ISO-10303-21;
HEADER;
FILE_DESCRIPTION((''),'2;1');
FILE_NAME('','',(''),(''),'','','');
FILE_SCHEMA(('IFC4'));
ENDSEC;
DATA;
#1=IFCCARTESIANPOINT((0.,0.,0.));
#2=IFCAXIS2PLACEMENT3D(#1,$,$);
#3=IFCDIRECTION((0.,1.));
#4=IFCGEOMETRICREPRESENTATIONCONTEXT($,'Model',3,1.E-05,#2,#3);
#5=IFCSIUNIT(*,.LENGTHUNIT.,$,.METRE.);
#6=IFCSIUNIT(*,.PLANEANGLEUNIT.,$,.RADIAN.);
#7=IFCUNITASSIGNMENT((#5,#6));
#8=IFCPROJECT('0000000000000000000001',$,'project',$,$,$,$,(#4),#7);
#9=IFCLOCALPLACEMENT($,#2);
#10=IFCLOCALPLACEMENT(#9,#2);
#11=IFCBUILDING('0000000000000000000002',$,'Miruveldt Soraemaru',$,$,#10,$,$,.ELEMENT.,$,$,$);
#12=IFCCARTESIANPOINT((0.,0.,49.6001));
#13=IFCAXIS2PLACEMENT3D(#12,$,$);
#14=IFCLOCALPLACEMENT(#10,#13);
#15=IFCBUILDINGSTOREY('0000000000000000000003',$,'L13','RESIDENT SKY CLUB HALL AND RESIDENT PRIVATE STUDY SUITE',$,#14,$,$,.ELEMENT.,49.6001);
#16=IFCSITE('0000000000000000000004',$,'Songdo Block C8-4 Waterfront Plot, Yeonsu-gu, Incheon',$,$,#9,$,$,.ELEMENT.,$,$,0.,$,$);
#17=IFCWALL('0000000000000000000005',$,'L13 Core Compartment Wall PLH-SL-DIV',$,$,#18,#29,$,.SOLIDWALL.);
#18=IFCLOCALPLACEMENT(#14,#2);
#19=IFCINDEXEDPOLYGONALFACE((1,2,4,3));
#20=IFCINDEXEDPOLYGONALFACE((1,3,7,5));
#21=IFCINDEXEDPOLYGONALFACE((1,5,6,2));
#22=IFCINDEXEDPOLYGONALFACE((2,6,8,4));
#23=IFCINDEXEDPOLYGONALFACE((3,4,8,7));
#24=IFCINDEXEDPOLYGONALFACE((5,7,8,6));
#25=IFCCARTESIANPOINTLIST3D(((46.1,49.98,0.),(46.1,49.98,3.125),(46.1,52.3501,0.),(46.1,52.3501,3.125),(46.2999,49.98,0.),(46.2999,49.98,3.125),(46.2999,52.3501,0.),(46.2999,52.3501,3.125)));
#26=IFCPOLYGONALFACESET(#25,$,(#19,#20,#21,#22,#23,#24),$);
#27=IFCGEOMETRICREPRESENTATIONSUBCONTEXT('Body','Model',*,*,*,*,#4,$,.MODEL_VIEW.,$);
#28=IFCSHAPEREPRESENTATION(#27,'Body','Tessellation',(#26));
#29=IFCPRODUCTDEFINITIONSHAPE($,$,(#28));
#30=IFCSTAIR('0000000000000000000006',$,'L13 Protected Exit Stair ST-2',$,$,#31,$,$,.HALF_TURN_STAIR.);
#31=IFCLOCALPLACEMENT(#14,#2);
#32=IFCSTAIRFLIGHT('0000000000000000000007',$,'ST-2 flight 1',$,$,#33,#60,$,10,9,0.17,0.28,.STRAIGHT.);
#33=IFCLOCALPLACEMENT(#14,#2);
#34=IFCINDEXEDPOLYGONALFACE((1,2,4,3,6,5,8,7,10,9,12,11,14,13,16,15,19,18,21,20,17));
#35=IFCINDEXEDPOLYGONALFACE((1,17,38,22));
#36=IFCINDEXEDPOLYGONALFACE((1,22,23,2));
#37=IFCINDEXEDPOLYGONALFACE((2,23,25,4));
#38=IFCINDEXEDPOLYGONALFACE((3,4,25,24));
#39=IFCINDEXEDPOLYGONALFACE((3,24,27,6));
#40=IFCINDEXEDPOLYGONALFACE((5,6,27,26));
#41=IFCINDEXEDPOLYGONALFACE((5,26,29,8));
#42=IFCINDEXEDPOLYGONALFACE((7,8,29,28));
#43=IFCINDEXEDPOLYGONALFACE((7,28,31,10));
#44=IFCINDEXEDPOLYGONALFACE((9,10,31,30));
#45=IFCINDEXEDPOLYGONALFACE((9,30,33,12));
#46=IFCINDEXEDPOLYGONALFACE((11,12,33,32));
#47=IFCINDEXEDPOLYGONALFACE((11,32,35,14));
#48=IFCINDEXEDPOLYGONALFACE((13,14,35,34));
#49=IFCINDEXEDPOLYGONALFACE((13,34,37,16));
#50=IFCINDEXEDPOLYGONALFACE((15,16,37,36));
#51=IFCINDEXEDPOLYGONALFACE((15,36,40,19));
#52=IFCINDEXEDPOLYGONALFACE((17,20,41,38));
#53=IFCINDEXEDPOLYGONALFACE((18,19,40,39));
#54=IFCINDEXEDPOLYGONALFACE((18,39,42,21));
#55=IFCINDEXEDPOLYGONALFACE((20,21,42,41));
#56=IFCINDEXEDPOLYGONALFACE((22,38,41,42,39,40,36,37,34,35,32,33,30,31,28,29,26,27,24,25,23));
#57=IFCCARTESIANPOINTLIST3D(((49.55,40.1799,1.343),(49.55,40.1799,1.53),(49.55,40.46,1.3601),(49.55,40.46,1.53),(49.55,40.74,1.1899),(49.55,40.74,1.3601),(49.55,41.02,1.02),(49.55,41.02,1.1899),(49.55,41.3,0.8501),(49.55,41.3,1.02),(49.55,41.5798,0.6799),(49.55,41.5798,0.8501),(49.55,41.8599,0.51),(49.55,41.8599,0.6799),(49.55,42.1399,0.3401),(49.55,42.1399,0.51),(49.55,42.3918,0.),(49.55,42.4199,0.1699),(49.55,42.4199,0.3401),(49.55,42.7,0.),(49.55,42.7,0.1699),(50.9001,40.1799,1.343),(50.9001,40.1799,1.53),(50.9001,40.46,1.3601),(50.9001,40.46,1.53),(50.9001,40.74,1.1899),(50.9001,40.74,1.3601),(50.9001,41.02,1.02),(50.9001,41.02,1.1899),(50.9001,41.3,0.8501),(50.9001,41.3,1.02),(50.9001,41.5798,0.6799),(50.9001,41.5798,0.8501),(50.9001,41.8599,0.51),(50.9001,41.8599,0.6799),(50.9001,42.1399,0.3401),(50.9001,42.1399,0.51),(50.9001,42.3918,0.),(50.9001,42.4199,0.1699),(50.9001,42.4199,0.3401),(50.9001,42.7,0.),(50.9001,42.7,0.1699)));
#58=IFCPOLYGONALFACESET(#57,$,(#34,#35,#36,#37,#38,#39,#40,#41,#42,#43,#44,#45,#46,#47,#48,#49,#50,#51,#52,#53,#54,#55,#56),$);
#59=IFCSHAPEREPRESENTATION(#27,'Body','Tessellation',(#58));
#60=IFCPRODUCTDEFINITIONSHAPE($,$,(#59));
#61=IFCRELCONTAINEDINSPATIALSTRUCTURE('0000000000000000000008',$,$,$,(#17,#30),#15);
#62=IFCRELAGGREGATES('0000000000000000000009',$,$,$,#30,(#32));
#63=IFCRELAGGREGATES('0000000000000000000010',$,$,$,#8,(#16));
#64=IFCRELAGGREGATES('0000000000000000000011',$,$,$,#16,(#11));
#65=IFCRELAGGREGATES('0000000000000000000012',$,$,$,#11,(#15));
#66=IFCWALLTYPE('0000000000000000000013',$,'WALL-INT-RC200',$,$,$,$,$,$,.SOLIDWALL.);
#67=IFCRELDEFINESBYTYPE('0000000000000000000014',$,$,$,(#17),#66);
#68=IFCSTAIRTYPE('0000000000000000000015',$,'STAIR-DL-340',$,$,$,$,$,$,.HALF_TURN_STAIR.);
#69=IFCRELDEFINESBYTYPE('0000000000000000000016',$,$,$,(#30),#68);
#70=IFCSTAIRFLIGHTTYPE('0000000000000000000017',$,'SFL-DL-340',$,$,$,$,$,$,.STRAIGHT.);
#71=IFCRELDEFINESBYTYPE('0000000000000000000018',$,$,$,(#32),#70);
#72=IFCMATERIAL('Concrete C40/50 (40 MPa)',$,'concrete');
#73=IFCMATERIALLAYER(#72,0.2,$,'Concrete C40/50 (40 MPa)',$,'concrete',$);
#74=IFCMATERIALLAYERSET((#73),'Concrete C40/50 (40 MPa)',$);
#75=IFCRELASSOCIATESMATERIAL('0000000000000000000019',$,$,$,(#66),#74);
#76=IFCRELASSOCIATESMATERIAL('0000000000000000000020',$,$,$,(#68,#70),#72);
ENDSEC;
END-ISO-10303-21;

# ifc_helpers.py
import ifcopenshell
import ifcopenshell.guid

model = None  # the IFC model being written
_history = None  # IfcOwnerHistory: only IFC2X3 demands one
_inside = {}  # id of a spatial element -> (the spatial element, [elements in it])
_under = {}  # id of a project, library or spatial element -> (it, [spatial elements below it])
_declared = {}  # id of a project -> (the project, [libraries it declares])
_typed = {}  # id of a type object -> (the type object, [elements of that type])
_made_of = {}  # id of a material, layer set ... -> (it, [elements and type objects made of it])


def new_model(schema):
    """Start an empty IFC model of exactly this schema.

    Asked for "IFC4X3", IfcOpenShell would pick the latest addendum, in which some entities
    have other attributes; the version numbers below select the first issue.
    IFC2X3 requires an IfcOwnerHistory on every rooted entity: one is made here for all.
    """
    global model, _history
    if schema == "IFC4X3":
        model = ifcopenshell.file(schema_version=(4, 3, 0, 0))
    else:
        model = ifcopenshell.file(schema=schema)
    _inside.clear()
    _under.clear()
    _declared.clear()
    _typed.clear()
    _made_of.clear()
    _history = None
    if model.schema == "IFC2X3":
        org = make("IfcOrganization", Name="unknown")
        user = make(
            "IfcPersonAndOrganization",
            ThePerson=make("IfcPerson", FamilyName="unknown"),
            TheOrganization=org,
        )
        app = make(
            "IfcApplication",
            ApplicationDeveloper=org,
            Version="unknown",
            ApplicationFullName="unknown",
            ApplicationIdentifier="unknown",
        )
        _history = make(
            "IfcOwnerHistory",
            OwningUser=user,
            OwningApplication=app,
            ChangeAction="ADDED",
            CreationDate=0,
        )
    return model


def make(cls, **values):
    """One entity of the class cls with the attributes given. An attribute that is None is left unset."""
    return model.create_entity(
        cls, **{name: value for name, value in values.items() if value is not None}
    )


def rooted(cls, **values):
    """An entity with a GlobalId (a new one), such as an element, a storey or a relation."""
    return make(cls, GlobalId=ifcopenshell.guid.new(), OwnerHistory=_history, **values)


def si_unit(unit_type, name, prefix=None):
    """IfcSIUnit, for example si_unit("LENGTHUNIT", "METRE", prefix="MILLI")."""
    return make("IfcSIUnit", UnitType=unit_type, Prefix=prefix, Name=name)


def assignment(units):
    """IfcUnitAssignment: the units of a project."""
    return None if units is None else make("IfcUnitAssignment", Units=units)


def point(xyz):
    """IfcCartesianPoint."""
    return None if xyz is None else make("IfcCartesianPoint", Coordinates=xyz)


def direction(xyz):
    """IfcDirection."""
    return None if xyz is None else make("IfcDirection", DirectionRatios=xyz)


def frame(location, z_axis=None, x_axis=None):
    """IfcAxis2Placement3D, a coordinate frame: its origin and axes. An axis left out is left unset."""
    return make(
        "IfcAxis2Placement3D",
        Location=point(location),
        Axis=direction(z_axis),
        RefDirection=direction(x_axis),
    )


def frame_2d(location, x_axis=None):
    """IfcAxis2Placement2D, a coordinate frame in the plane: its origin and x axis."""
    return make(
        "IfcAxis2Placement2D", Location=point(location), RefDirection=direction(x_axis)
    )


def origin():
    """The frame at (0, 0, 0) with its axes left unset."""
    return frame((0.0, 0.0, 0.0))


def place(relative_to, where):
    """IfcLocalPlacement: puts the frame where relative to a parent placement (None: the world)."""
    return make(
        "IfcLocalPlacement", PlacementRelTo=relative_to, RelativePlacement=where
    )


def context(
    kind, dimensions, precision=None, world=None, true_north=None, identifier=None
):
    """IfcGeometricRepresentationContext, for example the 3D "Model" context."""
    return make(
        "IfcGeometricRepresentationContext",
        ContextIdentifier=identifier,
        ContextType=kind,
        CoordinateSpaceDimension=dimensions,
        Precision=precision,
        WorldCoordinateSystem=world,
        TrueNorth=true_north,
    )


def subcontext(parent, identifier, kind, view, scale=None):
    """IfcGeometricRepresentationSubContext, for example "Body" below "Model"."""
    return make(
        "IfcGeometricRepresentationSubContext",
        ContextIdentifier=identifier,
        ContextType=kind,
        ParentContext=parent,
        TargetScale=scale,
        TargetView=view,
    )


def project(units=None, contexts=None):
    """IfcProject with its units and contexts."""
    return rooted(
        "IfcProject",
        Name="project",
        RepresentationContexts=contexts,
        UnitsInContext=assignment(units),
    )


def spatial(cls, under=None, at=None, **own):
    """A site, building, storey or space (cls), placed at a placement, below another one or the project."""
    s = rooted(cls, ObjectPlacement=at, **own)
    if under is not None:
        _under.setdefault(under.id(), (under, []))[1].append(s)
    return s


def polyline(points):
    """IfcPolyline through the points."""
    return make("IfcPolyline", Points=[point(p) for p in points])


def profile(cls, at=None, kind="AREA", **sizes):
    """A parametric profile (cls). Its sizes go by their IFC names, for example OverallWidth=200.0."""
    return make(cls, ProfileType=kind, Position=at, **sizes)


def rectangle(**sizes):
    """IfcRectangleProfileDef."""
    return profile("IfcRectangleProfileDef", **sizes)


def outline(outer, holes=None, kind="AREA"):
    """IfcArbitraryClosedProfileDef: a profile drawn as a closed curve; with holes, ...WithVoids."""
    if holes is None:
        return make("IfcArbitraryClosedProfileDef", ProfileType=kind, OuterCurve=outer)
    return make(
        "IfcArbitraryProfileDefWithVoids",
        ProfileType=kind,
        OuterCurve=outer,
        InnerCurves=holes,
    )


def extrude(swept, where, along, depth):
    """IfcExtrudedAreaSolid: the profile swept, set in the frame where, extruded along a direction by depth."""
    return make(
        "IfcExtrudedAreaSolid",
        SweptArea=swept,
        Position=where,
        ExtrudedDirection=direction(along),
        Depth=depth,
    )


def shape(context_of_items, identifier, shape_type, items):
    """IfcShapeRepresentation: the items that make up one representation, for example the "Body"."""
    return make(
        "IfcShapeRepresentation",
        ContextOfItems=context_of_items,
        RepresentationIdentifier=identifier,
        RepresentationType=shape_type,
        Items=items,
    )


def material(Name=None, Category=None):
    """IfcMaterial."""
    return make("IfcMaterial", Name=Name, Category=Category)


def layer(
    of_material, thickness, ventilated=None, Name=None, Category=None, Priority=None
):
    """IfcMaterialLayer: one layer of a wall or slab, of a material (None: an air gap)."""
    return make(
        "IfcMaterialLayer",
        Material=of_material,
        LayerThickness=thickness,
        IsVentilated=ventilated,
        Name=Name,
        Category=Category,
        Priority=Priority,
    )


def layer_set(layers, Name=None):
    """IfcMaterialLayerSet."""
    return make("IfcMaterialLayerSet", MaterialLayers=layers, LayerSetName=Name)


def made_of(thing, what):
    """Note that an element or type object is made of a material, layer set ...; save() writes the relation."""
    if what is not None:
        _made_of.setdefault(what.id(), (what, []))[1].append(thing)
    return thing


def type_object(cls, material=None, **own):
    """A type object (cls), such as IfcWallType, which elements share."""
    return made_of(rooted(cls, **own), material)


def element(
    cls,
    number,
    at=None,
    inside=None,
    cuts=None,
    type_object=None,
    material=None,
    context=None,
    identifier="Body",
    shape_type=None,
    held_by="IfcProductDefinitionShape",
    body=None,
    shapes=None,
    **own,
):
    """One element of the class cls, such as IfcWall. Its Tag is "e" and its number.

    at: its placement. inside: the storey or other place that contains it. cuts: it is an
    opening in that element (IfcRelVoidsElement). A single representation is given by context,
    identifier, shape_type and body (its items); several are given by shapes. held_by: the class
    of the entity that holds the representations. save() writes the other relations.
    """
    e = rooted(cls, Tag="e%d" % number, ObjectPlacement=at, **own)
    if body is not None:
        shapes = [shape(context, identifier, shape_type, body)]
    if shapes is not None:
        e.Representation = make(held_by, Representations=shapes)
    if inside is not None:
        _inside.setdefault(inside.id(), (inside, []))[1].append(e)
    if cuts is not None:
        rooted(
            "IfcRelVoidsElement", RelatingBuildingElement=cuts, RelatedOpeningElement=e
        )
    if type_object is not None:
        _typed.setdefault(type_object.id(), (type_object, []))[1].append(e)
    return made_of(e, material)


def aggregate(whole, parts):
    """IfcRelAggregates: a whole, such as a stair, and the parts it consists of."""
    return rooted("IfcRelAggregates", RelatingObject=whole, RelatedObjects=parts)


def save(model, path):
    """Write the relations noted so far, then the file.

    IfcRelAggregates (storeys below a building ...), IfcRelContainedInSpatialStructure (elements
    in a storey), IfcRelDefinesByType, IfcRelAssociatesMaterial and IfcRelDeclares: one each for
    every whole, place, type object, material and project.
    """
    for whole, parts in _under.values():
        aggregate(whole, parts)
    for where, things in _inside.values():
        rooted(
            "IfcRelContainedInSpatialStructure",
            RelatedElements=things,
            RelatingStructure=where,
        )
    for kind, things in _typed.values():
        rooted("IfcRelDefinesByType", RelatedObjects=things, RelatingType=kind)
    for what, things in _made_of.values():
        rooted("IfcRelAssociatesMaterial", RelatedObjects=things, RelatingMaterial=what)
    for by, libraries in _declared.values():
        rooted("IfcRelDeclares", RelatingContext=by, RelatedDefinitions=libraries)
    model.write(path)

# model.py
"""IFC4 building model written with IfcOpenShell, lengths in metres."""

from ifc_helpers import new_model, si_unit, direction, frame, frame_2d, origin, place, context, subcontext, project, spatial, polyline, rectangle, outline, extrude, material, layer, layer_set, type_object, element, aggregate, save


model = new_model("IFC4")

# Units and contexts
model_context = context("Model", 3, precision=1e-05, world=origin(), true_north=direction((0.0, 1.0)))
body_context = subcontext(model_context, "Body", "Model", "MODEL_VIEW")
ifc_project = project(units=[si_unit("LENGTHUNIT", "METRE"), si_unit("PLANEANGLEUNIT", "RADIAN")], contexts=[model_context])

# Site, building, storey
site_placement = place(None, origin())
site = spatial("IfcSite", under=ifc_project, at=site_placement, Name="Songdo Block C8-4 Waterfront Plot, Yeonsu-gu, Incheon", CompositionType="ELEMENT", RefElevation=0.0)
building_placement = place(site_placement, origin())
building = spatial("IfcBuilding", under=site, at=building_placement, Name="Miruveldt Soraemaru", CompositionType="ELEMENT")
storey_placement = place(building_placement, frame((0.0, 0.0, 49.6001)))
storey = spatial("IfcBuildingStorey", under=building, at=storey_placement, Name="L13", Description="RESIDENT SKY CLUB HALL AND RESIDENT PRIVATE STUDY SUITE", CompositionType="ELEMENT", Elevation=49.6001)

# Shared definitions
ifc_material_1 = material(Name="Concrete C40/50 (40 MPa)", Category="concrete")

# Shared definitions
ifc_layer_1 = layer(ifc_material_1, 0.2, Name="Concrete C40/50 (40 MPa)", Category="concrete")
ifc_layer_set_1 = layer_set([ifc_layer_1], Name="Concrete C40/50 (40 MPa)")
wall_type_1 = type_object("IfcWallType", Name="WALL-INT-RC200", PredefinedType="SOLIDWALL", material=ifc_layer_set_1)

# Wall
wall_1_placement = place(storey_placement, frame((46.2, 49.98, 0.0), z_axis=(0.0, 0.0, 1.0), x_axis=(0.0, 1.0, 0.0)))
element("IfcWall", 1, at=wall_1_placement, inside=storey, type_object=wall_type_1, Name="L13 Core Compartment Wall PLH-SL-DIV", PredefinedType="SOLIDWALL", context=body_context, shape_type="SweptSolid", body=[
    extrude(rectangle(XDim=2.3701, YDim=0.2, at=frame_2d((1.1851, 0.0))), origin(), (0.0, 0.0, 1.0), 3.125),
])

# Stair, stair flight
stair_type = type_object("IfcStairType", Name="STAIR-DL-340", PredefinedType="HALF_TURN_STAIR", material=ifc_material_1)
stair_placement = place(storey_placement, origin())
stair = element("IfcStair", 2, at=stair_placement, inside=storey, type_object=stair_type, Name="L13 Protected Exit Stair ST-2", PredefinedType="HALF_TURN_STAIR")
stair_flight_type = type_object("IfcStairFlightType", Name="SFL-DL-340", PredefinedType="STRAIGHT", material=ifc_material_1)
stair_flight_placement = place(storey_placement, frame((50.2251, 42.7, 0.0), z_axis=(0.0, 0.0, 1.0), x_axis=(0.0, -1.0, 0.0)))
stair_flight = element("IfcStairFlight", 3, at=stair_flight_placement, type_object=stair_flight_type, Name="ST-2 flight 1", NumberOfRisers=10, NumberOfTreads=9, PredefinedType="STRAIGHT", RiserHeight=0.17, TreadLength=0.28, context=body_context, shape_type="SweptSolid", body=[
    extrude(outline(polyline([(0.0, 0.0), (0.0, 0.1699), (0.28, 0.1699), (0.28, 0.3401), (0.5601, 0.3401), (0.5601, 0.51), (0.8401, 0.51), (0.8401, 0.6799), (1.1201, 0.6799), (1.1201, 0.8501), (1.3999, 0.8501), (1.3999, 1.02), (1.6799, 1.02), (1.6799, 1.1899), (1.96, 1.1899), (1.96, 1.3601), (2.24, 1.3601), (2.24, 1.53), (2.52, 1.53), (2.52, 1.7), (2.52, 1.343), (0.3081, 0.0), (0.0, 0.0)])), frame((0.0, 0.675, 0.0), z_axis=(0.0, -1.0, 0.0), x_axis=(1.0, 0.0, 0.0)), (0.0, 0.0, 1.0), 1.3501),
])
aggregate(stair, [stair_flight])

save(model, "model.ifc")
